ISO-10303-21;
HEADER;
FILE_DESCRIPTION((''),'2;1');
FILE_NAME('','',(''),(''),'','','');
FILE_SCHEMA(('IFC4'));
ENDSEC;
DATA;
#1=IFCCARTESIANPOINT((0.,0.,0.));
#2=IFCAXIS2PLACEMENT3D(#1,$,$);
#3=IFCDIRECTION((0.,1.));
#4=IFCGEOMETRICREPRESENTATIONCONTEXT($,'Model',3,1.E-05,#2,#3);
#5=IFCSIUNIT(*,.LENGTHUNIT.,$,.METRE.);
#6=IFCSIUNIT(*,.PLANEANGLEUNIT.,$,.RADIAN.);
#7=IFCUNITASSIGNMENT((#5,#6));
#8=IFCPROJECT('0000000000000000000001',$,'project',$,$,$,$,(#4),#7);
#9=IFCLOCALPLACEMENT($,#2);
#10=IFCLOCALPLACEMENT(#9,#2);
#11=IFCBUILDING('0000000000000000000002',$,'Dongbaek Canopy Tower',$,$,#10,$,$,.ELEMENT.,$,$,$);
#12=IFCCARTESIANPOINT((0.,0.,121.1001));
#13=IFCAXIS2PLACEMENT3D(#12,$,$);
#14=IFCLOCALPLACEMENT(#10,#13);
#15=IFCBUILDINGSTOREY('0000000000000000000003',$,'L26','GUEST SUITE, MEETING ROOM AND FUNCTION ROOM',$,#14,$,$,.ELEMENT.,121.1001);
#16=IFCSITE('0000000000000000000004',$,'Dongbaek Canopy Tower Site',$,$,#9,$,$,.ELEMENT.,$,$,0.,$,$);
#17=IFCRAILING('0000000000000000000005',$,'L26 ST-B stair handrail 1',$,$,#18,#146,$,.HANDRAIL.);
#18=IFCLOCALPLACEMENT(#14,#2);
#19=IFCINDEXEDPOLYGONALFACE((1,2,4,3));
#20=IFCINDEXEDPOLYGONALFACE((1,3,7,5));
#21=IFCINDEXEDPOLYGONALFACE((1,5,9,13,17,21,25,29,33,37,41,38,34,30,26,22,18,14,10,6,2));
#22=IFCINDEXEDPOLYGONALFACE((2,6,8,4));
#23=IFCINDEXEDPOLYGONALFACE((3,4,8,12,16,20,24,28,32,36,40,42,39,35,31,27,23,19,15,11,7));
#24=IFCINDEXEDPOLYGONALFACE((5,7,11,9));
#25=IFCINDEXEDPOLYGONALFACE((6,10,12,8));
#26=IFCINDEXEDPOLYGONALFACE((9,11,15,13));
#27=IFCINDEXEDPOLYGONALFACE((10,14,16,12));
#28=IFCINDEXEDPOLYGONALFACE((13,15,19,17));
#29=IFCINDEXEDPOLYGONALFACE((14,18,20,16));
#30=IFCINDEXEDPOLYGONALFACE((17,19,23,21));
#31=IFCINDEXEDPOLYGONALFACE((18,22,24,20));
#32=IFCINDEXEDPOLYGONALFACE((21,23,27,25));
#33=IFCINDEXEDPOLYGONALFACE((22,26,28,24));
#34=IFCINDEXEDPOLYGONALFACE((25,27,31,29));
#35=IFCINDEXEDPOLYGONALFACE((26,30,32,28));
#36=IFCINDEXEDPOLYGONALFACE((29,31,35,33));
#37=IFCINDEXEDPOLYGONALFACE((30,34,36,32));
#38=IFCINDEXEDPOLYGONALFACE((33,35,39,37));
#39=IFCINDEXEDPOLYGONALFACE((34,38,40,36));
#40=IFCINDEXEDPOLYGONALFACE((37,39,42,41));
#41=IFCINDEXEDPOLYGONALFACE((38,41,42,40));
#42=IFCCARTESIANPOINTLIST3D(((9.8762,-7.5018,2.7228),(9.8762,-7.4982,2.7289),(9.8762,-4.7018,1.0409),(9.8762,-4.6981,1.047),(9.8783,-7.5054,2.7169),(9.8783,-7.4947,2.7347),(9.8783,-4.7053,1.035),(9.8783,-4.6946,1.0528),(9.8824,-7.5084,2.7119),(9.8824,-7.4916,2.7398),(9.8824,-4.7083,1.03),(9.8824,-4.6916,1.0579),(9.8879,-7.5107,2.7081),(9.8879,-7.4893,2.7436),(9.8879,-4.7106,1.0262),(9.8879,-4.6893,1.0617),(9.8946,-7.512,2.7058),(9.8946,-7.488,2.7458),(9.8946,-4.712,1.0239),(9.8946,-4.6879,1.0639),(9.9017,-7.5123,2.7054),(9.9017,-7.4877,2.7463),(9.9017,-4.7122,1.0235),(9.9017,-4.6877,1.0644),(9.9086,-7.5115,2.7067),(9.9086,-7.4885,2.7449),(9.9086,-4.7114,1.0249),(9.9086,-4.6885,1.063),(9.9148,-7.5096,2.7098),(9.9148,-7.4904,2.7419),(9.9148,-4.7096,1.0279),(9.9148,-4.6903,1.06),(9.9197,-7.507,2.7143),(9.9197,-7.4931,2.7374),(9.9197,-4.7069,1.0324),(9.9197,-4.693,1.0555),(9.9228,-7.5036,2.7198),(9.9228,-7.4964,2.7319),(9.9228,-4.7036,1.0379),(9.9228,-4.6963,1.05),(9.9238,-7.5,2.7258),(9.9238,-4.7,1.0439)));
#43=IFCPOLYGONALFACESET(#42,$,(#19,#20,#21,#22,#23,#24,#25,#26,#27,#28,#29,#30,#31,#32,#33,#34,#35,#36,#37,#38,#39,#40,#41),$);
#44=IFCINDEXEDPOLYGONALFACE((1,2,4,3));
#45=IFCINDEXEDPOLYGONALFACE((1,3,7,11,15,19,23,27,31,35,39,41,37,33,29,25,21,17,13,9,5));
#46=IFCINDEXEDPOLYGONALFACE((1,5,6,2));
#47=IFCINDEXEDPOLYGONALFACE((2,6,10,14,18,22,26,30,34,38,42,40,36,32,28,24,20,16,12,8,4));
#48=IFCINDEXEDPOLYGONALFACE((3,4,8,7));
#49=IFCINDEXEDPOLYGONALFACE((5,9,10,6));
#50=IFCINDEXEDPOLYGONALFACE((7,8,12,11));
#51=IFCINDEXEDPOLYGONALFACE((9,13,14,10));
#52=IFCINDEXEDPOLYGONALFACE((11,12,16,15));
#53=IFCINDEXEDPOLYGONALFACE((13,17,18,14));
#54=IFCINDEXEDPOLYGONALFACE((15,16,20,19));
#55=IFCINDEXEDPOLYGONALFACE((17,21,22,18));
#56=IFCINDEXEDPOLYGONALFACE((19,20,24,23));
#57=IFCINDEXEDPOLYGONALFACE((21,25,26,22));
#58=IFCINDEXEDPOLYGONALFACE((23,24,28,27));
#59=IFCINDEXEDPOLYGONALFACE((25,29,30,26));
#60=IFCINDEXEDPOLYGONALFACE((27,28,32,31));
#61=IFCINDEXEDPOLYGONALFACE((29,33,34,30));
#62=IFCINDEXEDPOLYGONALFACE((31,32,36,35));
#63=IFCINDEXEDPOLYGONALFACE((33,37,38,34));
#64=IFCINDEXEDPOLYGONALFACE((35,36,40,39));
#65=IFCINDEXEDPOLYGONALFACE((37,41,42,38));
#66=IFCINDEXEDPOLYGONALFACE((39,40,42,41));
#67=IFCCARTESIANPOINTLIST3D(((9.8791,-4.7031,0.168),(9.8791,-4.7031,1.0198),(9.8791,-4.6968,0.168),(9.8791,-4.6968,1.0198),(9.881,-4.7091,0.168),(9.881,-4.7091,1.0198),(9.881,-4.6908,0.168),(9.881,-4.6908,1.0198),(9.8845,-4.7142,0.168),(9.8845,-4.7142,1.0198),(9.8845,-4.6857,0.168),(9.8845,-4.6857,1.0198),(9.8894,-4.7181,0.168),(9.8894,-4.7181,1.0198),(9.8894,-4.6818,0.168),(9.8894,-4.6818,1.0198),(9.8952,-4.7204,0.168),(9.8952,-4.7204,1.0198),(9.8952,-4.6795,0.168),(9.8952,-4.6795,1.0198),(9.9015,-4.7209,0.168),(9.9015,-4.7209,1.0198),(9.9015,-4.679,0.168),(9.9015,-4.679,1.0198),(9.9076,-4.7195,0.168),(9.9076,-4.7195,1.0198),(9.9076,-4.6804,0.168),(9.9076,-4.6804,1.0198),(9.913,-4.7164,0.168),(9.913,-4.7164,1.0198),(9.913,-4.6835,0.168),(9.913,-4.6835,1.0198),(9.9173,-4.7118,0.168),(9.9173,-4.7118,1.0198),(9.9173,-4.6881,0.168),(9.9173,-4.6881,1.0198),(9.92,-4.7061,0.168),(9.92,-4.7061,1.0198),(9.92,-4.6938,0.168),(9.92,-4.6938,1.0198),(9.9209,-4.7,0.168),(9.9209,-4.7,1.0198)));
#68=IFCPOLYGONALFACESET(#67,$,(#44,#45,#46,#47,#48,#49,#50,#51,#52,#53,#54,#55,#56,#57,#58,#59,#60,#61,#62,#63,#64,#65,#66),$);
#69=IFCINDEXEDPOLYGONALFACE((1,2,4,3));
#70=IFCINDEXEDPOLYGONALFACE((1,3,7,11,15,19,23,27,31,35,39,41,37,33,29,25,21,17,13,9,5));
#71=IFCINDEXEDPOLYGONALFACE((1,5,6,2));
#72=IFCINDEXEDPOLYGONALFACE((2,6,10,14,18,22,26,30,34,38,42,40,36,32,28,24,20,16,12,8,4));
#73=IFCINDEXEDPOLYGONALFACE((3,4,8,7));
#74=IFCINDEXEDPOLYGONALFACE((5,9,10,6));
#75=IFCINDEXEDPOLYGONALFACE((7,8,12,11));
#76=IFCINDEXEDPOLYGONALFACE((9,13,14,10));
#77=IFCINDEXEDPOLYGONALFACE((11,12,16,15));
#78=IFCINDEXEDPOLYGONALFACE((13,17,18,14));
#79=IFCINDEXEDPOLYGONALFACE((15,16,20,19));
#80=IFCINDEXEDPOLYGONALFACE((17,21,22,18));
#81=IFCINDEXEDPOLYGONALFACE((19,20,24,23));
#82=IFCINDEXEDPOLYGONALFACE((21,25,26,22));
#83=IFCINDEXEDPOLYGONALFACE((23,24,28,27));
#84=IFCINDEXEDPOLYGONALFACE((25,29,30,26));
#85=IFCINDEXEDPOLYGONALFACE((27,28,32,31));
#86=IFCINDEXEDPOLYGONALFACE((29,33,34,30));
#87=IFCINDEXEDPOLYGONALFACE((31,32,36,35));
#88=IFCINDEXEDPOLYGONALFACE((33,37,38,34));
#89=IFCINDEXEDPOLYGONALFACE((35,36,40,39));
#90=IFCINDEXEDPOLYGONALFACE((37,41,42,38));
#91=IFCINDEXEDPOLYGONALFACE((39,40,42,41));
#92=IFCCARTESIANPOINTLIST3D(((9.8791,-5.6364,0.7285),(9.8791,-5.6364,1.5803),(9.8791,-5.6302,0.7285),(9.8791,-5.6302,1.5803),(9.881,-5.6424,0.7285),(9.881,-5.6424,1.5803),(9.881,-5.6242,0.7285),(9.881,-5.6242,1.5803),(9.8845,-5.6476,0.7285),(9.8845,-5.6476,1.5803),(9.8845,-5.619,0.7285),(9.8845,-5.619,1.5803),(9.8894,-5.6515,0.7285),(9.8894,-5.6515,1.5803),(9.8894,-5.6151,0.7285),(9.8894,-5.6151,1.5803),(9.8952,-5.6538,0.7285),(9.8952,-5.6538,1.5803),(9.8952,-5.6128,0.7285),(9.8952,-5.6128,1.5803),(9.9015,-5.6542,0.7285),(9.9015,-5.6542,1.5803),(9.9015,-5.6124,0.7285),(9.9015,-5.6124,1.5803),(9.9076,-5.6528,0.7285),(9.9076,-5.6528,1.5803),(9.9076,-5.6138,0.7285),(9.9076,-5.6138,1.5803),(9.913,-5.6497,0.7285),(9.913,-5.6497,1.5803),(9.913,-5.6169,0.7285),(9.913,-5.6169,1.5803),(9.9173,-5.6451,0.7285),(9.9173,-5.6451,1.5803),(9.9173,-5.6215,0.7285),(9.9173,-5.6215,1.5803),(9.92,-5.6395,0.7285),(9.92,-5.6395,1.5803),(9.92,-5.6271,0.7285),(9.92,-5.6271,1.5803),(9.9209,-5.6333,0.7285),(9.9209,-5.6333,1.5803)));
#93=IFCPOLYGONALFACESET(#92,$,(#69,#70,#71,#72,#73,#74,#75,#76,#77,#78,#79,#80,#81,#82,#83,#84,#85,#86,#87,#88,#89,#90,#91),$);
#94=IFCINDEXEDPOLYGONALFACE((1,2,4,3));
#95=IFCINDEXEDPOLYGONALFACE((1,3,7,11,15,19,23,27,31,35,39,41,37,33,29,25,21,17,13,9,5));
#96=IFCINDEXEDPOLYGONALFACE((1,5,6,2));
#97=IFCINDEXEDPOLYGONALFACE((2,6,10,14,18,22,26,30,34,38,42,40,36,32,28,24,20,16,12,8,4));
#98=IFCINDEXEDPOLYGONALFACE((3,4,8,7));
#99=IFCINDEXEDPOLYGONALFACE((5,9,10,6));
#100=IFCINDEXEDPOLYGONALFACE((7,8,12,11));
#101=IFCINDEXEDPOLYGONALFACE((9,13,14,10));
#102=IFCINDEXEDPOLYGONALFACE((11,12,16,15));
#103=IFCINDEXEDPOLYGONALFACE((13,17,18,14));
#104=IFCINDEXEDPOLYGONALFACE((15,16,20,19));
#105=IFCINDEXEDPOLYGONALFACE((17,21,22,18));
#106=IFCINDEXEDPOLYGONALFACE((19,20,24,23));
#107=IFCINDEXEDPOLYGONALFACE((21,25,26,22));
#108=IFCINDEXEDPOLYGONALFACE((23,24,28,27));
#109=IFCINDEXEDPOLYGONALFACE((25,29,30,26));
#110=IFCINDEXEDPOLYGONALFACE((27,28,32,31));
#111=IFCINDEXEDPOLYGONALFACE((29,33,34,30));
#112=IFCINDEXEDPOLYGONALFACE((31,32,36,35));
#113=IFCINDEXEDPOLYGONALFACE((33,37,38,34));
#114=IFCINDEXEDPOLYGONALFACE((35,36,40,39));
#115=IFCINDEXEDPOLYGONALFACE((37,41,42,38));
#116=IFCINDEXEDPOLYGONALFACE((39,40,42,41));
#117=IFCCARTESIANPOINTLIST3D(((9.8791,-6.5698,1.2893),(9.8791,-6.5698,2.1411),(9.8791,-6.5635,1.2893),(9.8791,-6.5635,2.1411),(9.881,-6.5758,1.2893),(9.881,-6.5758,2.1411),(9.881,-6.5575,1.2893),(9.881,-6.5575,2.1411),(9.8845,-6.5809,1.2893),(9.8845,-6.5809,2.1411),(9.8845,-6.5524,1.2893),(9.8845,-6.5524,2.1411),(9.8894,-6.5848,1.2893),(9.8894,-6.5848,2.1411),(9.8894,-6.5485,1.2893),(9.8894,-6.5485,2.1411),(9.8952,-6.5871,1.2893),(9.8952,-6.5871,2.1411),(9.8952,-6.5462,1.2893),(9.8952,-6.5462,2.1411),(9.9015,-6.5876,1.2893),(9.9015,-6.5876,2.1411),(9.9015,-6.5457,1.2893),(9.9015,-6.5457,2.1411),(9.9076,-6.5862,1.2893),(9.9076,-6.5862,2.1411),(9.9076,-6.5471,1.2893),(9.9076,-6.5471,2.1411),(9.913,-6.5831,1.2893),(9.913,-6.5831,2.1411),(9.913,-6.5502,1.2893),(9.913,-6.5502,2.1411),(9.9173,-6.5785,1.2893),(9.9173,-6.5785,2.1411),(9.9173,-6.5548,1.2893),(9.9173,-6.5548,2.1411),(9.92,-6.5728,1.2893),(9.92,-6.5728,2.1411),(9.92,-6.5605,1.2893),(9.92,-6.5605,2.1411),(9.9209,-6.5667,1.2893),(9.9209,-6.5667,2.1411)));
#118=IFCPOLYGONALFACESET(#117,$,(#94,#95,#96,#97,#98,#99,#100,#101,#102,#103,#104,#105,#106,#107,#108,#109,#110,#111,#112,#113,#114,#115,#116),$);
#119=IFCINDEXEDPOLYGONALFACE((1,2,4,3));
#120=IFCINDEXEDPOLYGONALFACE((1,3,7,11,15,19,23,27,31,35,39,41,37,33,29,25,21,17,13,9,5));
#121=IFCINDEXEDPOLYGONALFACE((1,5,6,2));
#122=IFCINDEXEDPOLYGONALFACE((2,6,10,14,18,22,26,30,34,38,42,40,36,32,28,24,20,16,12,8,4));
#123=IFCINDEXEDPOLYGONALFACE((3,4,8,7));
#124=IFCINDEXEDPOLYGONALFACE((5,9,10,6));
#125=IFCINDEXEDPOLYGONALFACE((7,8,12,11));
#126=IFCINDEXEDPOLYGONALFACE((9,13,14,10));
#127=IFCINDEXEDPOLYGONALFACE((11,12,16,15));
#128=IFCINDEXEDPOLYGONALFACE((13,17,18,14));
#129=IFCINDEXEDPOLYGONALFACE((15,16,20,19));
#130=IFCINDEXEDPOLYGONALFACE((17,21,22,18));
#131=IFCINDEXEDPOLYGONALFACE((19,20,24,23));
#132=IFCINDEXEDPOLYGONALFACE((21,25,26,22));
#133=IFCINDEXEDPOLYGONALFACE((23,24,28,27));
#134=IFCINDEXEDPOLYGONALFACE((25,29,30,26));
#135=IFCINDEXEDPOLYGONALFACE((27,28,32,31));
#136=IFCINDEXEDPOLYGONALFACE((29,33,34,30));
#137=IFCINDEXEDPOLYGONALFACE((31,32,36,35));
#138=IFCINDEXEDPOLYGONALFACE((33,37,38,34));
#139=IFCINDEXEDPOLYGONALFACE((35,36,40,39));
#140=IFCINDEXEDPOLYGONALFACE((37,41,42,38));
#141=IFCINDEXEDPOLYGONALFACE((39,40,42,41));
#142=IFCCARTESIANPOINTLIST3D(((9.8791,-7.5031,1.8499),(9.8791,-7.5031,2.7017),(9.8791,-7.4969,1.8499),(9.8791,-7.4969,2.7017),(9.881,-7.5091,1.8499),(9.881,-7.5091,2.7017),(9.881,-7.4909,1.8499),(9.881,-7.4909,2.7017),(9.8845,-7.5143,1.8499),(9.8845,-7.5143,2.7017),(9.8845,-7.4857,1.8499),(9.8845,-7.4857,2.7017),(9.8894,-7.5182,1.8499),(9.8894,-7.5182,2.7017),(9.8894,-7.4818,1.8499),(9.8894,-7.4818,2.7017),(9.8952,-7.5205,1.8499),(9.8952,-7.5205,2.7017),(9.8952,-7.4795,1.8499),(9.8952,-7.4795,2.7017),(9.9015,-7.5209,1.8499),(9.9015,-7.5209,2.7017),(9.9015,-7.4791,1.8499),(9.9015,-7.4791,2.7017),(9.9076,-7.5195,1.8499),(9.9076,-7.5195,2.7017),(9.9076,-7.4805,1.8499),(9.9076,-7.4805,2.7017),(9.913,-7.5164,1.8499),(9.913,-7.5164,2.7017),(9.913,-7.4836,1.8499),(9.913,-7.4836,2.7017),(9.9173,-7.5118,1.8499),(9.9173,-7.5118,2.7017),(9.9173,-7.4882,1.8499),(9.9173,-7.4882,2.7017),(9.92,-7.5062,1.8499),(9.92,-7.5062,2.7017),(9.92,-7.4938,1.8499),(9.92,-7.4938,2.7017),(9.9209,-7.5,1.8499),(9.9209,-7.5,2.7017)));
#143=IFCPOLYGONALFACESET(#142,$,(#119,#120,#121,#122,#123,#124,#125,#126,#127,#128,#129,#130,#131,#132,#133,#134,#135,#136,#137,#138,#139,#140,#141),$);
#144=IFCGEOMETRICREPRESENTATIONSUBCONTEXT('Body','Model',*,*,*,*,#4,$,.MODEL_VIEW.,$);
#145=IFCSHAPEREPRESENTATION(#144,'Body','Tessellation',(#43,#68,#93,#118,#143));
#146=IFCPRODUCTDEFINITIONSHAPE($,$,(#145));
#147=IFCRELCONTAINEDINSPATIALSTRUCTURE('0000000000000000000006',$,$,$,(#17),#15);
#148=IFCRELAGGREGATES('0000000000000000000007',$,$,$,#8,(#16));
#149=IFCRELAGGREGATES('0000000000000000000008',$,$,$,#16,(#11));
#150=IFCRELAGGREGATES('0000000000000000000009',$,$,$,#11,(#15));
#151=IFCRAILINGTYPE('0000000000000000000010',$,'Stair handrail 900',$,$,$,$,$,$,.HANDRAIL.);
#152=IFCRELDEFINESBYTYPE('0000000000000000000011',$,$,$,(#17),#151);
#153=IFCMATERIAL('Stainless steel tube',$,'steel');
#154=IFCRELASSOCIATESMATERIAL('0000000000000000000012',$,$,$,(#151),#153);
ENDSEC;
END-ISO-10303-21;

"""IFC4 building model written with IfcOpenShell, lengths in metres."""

from ifc_helpers import new_model, si_unit, direction, frame, origin, origin_2d, place, context, subcontext, project, spatial, circle, extrude, material, type_object, element, save


model = new_model("IFC4")

# Units and contexts
model_context = context("Model", 3, precision=1e-05, world=origin(), true_north=direction((0.0, 1.0)))
body_context = subcontext(model_context, "Body", "Model", "MODEL_VIEW")
ifc_project = project(units=[si_unit("LENGTHUNIT", "METRE"), si_unit("PLANEANGLEUNIT", "RADIAN")], contexts=[model_context])

# Site, building, storey
site_placement = place(None, origin())
site = spatial("IfcSite", under=ifc_project, at=site_placement, Name="Dongbaek Canopy Tower Site", CompositionType="ELEMENT", RefElevation=0.0)
building_placement = place(site_placement, origin())
building = spatial("IfcBuilding", under=site, at=building_placement, Name="Dongbaek Canopy Tower", CompositionType="ELEMENT")
storey_placement = place(building_placement, frame((0.0, 0.0, 121.1001)))
storey = spatial("IfcBuildingStorey", under=building, at=storey_placement, Name="L26", Description="GUEST SUITE, MEETING ROOM AND FUNCTION ROOM", CompositionType="ELEMENT", Elevation=121.1001)

# Railing
ifc_material_1 = material(Name="Stainless steel tube", Category="steel")
railing_type_1 = type_object("IfcRailingType", Name="Stair handrail 900", PredefinedType="HANDRAIL", material=ifc_material_1)
railing_1_placement = place(storey_placement, frame((9.8999, -4.7, 0.168)))
element("IfcRailing", 1, at=railing_1_placement, inside=storey, type_object=railing_type_1, Name="L26 ST-B stair handrail 1", PredefinedType="HANDRAIL", context=body_context, shape_type="SweptSolid", body=[
    extrude(circle(Radius=0.0239, at=origin_2d()), frame((0.0, 0.0, 0.876), z_axis=(0.0, -0.857242, 0.514913), x_axis=(1.0, 0.0, 0.0)), (0.0, 0.0, 1.0), 3.2664),
    extrude(circle(Radius=0.021, at=origin_2d()), origin(), (0.0, 0.0, 1.0), 0.8518),
    extrude(circle(Radius=0.021, at=origin_2d()), frame((0.0, -0.9333, 0.5605)), (0.0, 0.0, 1.0), 0.8518),
    extrude(circle(Radius=0.021, at=origin_2d()), frame((0.0, -1.8667, 1.1213)), (0.0, 0.0, 1.0), 0.8518),
    extrude(circle(Radius=0.021, at=origin_2d()), frame((0.0, -2.8, 1.6819)), (0.0, 0.0, 1.0), 0.8518),
])

save(model, "model.ifc")
